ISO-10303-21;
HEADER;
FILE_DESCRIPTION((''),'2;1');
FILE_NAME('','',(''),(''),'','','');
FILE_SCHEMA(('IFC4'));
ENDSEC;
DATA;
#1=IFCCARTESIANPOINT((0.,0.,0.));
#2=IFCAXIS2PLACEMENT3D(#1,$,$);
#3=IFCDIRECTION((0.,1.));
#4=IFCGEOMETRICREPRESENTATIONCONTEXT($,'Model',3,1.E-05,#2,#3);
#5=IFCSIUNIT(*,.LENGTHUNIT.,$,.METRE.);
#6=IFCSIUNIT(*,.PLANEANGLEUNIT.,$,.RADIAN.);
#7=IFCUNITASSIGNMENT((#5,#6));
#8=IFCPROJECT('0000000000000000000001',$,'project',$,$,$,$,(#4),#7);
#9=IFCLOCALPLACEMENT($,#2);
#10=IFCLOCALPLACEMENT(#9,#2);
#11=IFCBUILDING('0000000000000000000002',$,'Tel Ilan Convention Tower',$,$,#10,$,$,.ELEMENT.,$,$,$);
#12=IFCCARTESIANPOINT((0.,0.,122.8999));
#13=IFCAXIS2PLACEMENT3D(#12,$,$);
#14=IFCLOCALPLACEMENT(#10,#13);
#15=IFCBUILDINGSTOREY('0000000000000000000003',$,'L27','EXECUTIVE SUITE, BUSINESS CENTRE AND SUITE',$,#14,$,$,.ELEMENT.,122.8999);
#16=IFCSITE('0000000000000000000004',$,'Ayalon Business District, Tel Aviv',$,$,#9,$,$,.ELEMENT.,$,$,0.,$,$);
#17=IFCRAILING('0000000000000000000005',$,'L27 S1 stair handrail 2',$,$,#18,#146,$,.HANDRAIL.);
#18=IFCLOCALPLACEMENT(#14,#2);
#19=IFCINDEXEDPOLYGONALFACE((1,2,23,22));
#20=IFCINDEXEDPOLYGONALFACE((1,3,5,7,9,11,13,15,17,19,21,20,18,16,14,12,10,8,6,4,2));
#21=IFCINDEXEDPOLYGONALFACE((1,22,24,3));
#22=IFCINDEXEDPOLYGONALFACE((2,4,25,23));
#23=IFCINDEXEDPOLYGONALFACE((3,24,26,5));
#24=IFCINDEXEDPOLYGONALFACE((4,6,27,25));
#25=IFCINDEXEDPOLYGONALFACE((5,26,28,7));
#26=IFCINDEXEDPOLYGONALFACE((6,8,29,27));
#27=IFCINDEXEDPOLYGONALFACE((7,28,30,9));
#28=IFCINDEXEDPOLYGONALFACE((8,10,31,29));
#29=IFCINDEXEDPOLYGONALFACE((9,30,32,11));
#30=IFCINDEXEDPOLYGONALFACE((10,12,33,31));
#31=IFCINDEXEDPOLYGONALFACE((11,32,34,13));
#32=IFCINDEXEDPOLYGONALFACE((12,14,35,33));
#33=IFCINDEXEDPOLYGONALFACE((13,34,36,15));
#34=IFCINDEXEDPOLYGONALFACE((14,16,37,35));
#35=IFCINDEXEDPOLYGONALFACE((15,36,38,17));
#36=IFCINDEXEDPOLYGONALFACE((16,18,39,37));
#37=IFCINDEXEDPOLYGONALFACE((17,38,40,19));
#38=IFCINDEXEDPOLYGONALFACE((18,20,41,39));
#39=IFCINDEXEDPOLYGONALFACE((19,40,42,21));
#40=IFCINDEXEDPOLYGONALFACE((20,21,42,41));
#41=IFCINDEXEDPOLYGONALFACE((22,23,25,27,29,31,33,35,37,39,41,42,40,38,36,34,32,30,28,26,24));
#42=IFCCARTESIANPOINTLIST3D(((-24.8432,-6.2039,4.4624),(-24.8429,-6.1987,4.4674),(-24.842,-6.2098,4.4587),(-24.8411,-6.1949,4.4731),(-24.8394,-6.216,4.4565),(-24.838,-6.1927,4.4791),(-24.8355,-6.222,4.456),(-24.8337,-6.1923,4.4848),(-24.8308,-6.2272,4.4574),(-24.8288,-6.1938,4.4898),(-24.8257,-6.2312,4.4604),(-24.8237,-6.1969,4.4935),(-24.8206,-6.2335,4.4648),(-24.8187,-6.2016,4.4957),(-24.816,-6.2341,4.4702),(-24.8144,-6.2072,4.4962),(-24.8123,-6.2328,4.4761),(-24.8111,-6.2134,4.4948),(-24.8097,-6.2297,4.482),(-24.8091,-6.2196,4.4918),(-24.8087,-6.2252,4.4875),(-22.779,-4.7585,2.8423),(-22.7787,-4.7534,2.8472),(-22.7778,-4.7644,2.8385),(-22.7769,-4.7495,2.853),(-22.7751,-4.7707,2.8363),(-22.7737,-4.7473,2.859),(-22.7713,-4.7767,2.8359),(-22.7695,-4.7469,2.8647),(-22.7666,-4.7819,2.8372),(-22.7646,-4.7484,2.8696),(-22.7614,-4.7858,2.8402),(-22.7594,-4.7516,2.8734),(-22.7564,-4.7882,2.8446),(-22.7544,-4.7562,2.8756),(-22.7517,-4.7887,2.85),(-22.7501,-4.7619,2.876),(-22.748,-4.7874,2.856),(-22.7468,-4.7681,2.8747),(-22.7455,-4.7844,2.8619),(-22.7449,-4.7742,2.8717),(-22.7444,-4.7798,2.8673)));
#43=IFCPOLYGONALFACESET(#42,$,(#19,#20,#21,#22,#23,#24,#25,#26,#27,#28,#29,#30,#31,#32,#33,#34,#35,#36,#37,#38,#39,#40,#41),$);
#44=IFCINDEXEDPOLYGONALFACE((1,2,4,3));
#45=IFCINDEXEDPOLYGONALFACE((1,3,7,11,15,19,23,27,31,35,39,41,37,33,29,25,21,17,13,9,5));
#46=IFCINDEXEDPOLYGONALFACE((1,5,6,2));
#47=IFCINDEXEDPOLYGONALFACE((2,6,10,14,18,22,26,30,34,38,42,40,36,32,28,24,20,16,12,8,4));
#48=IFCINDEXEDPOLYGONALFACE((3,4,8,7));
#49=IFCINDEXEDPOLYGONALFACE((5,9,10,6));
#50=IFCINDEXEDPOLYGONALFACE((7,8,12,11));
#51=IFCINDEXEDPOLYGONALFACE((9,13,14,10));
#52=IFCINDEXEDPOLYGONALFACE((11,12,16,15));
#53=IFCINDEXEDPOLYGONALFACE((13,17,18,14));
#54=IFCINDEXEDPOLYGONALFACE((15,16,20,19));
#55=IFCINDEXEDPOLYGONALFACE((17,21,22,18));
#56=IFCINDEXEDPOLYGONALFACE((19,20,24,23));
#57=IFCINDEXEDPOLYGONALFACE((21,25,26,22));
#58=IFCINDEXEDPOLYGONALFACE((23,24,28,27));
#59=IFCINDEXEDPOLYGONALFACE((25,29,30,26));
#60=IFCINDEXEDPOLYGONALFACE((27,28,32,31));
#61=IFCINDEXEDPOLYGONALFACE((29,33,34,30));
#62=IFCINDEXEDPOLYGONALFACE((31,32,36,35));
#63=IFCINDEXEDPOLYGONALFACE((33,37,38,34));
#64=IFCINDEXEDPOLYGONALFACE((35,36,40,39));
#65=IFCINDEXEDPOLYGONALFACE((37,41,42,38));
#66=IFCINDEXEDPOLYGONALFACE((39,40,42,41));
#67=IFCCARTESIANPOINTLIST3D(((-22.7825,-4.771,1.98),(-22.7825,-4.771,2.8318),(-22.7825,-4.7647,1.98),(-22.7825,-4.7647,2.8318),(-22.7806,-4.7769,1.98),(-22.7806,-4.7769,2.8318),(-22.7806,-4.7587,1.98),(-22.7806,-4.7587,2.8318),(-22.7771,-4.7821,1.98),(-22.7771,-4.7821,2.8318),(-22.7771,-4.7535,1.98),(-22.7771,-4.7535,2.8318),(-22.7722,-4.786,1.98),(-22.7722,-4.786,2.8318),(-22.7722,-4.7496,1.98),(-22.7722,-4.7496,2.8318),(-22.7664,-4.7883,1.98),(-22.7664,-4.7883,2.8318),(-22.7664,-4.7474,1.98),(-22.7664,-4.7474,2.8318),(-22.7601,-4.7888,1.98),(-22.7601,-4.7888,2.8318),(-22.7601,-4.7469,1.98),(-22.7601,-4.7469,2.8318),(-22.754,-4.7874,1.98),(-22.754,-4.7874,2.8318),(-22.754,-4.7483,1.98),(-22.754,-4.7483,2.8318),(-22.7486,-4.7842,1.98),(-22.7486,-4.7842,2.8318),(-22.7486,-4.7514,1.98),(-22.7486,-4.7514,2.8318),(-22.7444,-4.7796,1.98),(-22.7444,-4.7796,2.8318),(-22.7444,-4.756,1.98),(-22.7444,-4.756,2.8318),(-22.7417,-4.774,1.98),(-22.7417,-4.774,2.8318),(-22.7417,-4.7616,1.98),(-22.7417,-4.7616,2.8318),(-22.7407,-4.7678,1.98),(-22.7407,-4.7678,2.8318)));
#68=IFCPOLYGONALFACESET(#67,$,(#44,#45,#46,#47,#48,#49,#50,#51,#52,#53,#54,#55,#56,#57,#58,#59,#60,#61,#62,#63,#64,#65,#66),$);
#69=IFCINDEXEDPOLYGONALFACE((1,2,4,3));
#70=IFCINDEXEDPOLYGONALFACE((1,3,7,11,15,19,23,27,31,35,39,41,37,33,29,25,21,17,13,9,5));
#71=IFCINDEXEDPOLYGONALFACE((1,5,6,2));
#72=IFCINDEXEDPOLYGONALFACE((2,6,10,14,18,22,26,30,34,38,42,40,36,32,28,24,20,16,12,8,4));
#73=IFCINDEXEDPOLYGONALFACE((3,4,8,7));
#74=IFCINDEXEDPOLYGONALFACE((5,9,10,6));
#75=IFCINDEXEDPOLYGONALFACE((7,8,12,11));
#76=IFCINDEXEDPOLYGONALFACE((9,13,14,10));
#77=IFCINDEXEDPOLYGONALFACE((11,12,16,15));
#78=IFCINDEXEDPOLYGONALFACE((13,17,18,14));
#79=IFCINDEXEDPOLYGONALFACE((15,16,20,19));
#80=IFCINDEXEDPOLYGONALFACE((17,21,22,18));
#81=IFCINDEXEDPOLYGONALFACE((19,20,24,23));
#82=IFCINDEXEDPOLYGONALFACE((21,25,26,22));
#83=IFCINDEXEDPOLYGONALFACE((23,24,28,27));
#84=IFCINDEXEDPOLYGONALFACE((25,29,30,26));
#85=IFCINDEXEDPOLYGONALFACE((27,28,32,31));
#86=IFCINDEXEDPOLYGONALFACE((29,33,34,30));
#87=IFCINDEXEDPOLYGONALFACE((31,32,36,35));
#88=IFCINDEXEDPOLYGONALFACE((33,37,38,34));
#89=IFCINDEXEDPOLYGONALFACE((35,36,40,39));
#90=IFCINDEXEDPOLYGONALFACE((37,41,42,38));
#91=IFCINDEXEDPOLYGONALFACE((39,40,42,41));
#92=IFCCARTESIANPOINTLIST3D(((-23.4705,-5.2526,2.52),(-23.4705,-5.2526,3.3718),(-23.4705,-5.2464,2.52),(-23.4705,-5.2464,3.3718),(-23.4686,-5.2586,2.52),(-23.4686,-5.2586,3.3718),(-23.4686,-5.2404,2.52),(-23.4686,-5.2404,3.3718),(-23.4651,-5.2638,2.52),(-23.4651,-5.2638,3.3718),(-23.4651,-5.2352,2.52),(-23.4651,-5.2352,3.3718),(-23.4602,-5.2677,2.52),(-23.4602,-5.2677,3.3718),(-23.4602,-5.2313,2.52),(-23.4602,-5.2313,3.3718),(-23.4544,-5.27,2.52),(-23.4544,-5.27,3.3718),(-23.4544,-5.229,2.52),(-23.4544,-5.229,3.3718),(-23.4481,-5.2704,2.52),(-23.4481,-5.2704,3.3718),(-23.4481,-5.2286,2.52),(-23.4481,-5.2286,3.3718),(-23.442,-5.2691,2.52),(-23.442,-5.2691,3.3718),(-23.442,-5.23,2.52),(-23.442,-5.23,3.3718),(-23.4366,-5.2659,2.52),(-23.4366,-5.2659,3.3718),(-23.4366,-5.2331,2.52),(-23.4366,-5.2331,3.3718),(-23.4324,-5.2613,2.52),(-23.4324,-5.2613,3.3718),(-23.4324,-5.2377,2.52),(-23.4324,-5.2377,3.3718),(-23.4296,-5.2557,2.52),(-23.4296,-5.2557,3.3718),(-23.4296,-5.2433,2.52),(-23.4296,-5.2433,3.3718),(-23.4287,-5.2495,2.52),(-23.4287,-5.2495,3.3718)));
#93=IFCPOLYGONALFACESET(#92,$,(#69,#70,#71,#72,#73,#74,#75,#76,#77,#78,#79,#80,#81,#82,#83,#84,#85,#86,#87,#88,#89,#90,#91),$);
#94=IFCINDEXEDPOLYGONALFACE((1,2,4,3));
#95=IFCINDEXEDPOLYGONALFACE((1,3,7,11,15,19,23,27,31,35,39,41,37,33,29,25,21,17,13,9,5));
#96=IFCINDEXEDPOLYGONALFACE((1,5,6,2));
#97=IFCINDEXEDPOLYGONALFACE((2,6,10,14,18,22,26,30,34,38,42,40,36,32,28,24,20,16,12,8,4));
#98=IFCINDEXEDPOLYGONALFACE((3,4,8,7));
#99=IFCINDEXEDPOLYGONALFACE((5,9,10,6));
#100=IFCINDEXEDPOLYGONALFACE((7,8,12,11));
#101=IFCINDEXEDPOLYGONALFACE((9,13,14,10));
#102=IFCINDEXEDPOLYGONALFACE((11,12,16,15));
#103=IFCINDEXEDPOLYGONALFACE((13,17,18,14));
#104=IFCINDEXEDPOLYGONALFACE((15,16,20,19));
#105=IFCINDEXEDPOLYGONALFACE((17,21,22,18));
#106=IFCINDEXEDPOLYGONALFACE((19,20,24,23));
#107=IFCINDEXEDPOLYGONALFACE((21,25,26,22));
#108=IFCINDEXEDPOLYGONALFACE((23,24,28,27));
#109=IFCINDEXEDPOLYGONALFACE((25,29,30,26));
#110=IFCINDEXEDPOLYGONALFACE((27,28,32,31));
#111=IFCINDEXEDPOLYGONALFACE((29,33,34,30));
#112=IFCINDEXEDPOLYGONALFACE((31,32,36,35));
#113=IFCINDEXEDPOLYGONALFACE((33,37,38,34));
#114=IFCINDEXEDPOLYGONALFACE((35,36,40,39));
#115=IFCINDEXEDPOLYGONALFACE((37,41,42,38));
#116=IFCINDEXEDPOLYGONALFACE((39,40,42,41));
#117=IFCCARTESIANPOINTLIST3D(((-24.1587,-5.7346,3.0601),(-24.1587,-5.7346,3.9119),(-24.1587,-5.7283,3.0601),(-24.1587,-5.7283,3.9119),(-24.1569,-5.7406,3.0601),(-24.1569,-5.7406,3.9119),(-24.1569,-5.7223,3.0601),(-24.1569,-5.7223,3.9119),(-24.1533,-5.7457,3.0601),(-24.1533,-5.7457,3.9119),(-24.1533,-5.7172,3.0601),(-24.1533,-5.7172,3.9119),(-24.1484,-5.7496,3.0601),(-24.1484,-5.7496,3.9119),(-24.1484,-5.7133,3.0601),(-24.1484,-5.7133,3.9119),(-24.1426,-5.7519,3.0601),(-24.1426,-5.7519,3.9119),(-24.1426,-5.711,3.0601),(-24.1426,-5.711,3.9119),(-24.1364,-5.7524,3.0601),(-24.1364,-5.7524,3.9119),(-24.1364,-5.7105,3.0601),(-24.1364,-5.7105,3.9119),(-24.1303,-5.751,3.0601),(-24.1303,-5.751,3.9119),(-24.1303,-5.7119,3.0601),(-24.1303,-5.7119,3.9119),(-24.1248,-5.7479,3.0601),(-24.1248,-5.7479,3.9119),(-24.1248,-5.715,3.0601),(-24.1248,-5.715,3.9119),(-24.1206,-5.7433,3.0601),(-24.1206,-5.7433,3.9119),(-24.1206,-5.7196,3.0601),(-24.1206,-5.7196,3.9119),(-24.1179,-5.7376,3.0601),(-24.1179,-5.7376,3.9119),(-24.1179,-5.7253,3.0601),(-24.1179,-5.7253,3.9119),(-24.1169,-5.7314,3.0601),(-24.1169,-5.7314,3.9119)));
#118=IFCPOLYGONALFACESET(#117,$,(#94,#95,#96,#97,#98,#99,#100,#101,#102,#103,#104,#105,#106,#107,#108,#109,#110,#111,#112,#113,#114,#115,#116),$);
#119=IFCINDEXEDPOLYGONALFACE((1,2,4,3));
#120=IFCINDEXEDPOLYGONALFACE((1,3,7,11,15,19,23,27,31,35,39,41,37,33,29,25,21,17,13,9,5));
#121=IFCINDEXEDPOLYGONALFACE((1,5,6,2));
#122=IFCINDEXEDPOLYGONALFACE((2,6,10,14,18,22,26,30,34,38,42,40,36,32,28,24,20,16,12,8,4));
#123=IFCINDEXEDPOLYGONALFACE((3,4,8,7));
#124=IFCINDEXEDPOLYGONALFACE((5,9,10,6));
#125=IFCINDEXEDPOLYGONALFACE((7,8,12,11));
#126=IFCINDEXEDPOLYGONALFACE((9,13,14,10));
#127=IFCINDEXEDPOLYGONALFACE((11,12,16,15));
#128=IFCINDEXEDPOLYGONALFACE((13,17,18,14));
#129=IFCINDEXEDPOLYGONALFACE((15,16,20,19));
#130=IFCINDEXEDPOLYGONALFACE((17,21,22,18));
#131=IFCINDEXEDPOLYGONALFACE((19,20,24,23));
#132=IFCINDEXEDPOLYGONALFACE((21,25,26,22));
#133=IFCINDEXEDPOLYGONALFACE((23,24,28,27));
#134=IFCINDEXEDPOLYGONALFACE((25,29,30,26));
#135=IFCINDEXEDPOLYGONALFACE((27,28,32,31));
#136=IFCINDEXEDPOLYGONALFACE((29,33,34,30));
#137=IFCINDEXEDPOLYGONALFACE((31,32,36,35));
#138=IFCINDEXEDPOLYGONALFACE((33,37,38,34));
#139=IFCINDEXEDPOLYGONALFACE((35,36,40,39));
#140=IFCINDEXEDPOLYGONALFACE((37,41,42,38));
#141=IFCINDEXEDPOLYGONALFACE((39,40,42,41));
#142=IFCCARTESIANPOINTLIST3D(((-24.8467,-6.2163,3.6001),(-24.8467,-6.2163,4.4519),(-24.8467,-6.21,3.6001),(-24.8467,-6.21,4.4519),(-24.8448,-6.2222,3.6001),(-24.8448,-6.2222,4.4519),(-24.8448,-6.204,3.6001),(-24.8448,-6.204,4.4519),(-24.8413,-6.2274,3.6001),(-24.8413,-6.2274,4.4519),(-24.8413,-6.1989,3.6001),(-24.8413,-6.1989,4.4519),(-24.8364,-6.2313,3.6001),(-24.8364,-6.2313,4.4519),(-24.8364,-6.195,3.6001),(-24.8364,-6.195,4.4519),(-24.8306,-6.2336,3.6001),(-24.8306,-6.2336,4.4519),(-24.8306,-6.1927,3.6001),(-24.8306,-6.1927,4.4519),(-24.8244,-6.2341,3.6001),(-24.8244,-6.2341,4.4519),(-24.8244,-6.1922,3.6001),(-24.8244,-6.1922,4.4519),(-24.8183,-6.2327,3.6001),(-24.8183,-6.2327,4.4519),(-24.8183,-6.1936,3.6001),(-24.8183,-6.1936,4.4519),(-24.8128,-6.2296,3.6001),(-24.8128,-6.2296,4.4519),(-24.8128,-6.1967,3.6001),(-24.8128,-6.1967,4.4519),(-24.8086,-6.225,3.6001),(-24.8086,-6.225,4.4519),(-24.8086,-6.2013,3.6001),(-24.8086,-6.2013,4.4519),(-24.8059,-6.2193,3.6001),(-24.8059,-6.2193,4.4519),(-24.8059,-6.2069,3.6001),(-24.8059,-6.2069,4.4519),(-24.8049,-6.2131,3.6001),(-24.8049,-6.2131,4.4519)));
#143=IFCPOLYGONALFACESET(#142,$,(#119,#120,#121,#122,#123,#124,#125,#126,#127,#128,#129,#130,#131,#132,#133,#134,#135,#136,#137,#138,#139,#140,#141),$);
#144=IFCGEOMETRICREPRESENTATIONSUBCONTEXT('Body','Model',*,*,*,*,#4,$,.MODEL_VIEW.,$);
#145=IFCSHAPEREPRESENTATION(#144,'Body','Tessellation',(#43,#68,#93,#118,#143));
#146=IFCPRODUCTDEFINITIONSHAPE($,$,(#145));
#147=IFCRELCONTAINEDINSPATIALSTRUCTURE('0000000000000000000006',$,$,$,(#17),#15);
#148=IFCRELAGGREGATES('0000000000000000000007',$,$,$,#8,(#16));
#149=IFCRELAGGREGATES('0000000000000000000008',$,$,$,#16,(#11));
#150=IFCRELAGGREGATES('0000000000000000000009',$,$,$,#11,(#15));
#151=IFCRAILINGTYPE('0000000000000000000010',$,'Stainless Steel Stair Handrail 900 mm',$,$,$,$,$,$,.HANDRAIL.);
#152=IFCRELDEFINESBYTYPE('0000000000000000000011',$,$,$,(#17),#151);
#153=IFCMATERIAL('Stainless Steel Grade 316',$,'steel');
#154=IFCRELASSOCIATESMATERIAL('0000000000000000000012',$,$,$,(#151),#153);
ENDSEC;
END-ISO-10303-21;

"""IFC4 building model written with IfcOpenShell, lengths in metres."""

from ifc_helpers import new_model, si_unit, direction, frame, origin, origin_2d, place, context, subcontext, project, spatial, circle, extrude, material, type_object, element, save


model = new_model("IFC4")

# Units and contexts
model_context = context("Model", 3, precision=1e-05, world=origin(), true_north=direction((0.0, 1.0)))
body_context = subcontext(model_context, "Body", "Model", "MODEL_VIEW")
ifc_project = project(units=[si_unit("LENGTHUNIT", "METRE"), si_unit("PLANEANGLEUNIT", "RADIAN")], contexts=[model_context])

# Site, building, storey
site_placement = place(None, origin())
site = spatial("IfcSite", under=ifc_project, at=site_placement, Name="Ayalon Business District, Tel Aviv", CompositionType="ELEMENT", RefElevation=0.0)
building_placement = place(site_placement, origin())
building = spatial("IfcBuilding", under=site, at=building_placement, Name="Tel Ilan Convention Tower", CompositionType="ELEMENT")
storey_placement = place(building_placement, frame((0.0, 0.0, 122.8999)))
storey = spatial("IfcBuildingStorey", under=building, at=storey_placement, Name="L27", Description="EXECUTIVE SUITE, BUSINESS CENTRE AND SUITE", CompositionType="ELEMENT", Elevation=122.8999)

# Railing
ifc_material_1 = material(Name="Stainless Steel Grade 316", Category="steel")
railing_type_1 = type_object("IfcRailingType", Name="Stainless Steel Stair Handrail 900 mm", PredefinedType="HANDRAIL", material=ifc_material_1)
railing_1_placement = place(storey_placement, frame((-22.7617, -4.7678, 1.98)))
element("IfcRailing", 1, at=railing_1_placement, inside=storey, type_object=railing_type_1, Name="L27 S1 stair handrail 2", PredefinedType="HANDRAIL", context=body_context, shape_type="SweptSolid", body=[
    extrude(circle(Radius=0.0239, at=origin_2d()), frame((0.0, 0.0, 0.876), z_axis=(-0.68904, -0.48245, 0.540801), x_axis=(0.57356, -0.819164, 0.0)), (0.0, 0.0, 1.0), 2.9958),
    extrude(circle(Radius=0.021, at=origin_2d()), origin(), (0.0, 0.0, 1.0), 0.8518),
    extrude(circle(Radius=0.021, at=origin_2d()), frame((-0.688, -0.4817, 0.54)), (0.0, 0.0, 1.0), 0.8518),
    extrude(circle(Radius=0.021, at=origin_2d()), frame((-1.3762, -0.9636, 1.0801)), (0.0, 0.0, 1.0), 0.8518),
    extrude(circle(Radius=0.021, at=origin_2d()), frame((-2.0642, -1.4453, 1.6201)), (0.0, 0.0, 1.0), 0.8518),
])

save(model, "model.ifc")
